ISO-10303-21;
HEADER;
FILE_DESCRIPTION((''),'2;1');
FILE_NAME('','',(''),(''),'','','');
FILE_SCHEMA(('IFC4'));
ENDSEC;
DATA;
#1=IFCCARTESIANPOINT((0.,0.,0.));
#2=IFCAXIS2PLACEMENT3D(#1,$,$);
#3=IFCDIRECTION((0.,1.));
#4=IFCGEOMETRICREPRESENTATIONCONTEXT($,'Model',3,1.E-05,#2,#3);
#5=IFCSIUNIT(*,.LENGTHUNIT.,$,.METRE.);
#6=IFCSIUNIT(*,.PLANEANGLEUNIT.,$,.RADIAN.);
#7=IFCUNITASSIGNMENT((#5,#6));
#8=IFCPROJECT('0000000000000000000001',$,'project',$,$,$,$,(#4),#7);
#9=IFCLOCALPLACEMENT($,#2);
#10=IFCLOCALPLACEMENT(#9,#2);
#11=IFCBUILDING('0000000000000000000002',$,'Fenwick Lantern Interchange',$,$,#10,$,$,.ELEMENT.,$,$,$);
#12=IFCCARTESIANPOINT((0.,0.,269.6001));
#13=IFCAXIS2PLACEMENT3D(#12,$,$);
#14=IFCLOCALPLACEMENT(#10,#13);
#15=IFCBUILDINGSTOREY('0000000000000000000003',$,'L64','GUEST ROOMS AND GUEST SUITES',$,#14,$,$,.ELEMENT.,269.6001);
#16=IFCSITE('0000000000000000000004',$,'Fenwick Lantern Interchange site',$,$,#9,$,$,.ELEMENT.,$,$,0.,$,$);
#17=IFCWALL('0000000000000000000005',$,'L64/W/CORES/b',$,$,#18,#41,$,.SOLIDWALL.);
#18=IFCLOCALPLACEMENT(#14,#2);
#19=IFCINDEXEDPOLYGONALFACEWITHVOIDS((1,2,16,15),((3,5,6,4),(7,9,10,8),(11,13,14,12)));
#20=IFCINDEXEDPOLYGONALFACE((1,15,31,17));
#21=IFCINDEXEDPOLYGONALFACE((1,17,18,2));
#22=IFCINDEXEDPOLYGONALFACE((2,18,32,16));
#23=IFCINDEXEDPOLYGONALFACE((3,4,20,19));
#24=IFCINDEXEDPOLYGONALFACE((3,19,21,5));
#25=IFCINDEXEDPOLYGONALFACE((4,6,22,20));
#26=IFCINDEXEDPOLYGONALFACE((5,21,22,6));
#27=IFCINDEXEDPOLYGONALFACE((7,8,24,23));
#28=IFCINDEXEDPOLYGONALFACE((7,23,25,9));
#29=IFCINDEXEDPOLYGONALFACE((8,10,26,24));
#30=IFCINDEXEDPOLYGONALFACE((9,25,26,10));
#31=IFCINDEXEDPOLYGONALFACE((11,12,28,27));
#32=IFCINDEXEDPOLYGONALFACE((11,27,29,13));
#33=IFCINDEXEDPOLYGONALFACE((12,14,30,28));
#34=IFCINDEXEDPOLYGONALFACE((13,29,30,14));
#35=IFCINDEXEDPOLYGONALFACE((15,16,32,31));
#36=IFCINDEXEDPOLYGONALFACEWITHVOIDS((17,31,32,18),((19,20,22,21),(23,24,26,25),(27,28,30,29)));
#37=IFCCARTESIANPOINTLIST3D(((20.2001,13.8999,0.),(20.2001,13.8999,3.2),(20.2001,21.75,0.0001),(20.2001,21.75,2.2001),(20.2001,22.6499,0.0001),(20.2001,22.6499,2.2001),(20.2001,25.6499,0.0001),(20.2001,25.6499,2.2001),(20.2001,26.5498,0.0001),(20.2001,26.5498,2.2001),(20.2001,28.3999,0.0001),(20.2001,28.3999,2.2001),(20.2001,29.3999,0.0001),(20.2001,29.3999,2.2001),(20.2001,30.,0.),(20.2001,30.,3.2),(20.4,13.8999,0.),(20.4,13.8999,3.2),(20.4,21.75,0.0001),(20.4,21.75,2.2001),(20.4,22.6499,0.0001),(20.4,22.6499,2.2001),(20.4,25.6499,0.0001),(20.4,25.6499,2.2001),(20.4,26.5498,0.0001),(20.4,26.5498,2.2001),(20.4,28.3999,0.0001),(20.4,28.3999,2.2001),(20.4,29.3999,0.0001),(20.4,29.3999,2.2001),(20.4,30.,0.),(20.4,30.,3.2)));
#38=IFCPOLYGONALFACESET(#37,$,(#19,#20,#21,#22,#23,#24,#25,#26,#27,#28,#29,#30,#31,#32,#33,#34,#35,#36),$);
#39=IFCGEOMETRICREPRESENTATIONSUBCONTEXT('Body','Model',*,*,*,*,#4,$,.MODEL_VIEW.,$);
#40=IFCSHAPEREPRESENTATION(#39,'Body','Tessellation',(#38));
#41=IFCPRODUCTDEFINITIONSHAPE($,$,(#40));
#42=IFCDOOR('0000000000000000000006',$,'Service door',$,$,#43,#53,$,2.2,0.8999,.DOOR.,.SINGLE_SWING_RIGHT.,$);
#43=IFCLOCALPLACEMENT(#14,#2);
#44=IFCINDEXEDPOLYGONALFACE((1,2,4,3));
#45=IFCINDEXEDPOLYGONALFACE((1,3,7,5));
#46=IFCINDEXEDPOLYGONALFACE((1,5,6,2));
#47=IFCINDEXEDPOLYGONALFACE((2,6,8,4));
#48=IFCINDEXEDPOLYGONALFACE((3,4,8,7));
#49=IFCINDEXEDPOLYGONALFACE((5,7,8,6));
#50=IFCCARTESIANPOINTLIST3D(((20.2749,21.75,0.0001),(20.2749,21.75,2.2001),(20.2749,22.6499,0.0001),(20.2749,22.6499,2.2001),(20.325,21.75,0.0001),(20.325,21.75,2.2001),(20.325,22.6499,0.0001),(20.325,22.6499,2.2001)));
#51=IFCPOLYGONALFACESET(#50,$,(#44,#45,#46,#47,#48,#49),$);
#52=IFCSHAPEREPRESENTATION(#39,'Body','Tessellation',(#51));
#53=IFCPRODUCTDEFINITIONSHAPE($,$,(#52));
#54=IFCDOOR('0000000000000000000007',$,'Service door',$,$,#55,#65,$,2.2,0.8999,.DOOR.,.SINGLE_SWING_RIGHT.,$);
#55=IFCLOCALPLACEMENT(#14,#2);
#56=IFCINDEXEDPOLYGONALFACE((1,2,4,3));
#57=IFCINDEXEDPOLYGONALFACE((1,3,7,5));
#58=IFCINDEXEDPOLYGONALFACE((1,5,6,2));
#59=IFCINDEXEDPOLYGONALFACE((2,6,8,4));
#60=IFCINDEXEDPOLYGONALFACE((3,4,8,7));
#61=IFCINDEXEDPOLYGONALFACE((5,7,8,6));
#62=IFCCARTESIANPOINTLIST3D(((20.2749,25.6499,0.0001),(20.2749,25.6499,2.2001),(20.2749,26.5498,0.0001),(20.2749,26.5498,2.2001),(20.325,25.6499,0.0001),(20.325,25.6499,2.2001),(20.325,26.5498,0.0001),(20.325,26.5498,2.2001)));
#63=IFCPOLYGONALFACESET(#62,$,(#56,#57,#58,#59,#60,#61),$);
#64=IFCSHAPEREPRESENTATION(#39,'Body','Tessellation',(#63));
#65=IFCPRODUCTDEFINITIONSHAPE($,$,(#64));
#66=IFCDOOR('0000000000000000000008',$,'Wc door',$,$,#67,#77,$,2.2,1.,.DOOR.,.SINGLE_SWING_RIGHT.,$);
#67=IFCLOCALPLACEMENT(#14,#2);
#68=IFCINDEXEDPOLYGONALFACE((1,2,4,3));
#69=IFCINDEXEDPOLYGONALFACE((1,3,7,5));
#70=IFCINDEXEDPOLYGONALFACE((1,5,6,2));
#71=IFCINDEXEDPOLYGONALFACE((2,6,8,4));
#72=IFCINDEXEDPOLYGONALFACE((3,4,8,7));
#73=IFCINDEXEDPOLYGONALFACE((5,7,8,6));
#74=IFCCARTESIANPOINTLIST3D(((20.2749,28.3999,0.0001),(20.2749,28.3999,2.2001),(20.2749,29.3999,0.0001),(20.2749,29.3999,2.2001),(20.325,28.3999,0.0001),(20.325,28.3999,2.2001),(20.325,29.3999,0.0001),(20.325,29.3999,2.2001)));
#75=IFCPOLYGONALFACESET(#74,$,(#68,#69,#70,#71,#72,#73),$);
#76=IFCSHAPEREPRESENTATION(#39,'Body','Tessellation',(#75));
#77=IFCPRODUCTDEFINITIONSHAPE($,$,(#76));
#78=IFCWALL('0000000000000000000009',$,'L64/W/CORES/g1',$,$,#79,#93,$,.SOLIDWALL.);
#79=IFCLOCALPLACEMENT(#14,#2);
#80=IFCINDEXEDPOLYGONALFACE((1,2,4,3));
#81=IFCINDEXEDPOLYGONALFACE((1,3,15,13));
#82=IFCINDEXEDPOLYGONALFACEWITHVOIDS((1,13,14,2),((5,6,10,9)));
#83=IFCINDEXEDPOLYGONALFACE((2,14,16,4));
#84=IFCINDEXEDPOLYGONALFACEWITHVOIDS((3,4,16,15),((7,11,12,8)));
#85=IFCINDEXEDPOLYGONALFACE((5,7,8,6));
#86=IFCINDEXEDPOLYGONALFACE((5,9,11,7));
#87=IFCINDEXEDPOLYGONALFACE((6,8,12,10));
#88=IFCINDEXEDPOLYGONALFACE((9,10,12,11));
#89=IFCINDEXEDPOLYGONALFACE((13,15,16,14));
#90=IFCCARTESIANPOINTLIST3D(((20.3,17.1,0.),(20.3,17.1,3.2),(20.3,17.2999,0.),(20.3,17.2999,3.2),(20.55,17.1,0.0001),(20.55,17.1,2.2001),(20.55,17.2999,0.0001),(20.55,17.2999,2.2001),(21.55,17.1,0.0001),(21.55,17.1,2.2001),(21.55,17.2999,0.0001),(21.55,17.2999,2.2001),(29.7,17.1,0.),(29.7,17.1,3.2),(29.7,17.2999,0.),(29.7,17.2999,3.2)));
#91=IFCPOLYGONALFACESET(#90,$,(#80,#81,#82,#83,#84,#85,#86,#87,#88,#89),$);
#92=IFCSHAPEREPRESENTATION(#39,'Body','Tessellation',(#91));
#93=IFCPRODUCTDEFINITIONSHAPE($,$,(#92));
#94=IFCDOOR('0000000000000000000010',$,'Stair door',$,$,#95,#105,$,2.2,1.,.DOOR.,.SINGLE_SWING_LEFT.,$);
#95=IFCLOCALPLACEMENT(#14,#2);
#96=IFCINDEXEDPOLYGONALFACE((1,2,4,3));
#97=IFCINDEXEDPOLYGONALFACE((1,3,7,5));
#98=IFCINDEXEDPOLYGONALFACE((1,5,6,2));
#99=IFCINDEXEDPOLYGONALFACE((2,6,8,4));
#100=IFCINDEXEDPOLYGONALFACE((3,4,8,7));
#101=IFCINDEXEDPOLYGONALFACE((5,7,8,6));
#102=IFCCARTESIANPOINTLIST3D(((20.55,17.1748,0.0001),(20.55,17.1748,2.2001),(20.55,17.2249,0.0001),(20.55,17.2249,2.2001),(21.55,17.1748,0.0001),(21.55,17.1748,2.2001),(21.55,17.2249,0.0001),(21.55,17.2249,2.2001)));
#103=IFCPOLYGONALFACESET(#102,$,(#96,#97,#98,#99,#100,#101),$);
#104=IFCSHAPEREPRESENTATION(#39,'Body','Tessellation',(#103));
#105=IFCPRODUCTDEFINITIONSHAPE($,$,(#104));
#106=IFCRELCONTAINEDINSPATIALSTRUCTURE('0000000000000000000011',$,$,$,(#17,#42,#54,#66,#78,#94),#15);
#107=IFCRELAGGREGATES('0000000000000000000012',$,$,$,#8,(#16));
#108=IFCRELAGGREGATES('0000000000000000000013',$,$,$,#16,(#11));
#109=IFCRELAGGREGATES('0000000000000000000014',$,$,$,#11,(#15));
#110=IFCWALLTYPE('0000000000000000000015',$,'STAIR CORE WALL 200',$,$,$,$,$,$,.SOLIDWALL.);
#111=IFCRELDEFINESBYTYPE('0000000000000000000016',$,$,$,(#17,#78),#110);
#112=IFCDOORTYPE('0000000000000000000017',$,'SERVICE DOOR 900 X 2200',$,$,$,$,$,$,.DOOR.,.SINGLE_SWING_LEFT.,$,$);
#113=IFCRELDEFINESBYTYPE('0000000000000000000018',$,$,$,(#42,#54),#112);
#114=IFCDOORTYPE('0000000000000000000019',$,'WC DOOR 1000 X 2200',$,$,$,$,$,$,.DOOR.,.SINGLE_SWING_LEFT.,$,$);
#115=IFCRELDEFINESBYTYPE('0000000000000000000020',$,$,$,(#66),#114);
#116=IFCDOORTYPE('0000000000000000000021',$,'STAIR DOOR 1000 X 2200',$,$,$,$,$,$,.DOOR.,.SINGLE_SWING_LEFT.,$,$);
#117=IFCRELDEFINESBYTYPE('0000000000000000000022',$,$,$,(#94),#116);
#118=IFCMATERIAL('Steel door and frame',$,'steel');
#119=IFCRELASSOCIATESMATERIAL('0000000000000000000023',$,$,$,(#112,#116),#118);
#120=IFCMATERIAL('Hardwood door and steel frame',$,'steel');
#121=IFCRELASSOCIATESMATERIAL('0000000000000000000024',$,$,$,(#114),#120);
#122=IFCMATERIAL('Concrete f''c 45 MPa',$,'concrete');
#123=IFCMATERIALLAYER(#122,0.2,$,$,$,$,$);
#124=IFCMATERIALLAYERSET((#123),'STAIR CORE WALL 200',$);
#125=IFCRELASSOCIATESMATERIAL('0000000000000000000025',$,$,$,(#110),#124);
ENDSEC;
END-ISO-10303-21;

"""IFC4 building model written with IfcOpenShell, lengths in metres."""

from ifc_helpers import new_model, si_unit, direction, frame, frame_2d, origin, place, context, subcontext, project, spatial, rectangle, extrude, material, layer, layer_set, type_object, element, fill, save


model = new_model("IFC4")

# Units and contexts
model_context = context("Model", 3, precision=1e-05, world=origin(), true_north=direction((0.0, 1.0)))
body_context = subcontext(model_context, "Body", "Model", "MODEL_VIEW")
ifc_project = project(units=[si_unit("LENGTHUNIT", "METRE"), si_unit("PLANEANGLEUNIT", "RADIAN")], contexts=[model_context])

# Site, building, storey
site_placement = place(None, origin())
site = spatial("IfcSite", under=ifc_project, at=site_placement, Name="Fenwick Lantern Interchange site", CompositionType="ELEMENT", RefElevation=0.0)
building_placement = place(site_placement, origin())
building = spatial("IfcBuilding", under=site, at=building_placement, Name="Fenwick Lantern Interchange", CompositionType="ELEMENT")
storey_placement = place(building_placement, frame((0.0, 0.0, 269.6001)))
storey = spatial("IfcBuildingStorey", under=building, at=storey_placement, Name="L64", Description="GUEST ROOMS AND GUEST SUITES", CompositionType="ELEMENT", Elevation=269.6001)

# Shared definitions
ifc_material_1 = material(Name="Steel door and frame", Category="steel")
door_type_1 = type_object("IfcDoorType", Name="SERVICE DOOR 900 X 2200", OperationType="SINGLE_SWING_LEFT", PredefinedType="DOOR", material=ifc_material_1)

# Shared definitions
ifc_material_2 = material(Name="Hardwood door and steel frame", Category="steel")
door_type_2 = type_object("IfcDoorType", Name="WC DOOR 1000 X 2200", OperationType="SINGLE_SWING_LEFT", PredefinedType="DOOR", material=ifc_material_2)

# Wall, openings, doors
ifc_material_3 = material(Name="Concrete f'c 45 MPa", Category="concrete")
ifc_layer_1 = layer(ifc_material_3, 0.2)
ifc_layer_set_1 = layer_set([ifc_layer_1], Name="STAIR CORE WALL 200")
wall_type_1 = type_object("IfcWallType", Name="STAIR CORE WALL 200", PredefinedType="SOLIDWALL", material=ifc_layer_set_1)
wall_1_placement = place(storey_placement, frame((20.3, 13.8999, 0.0), z_axis=(0.0, 0.0, 1.0), x_axis=(0.0, 1.0, 0.0)))
wall_1 = element("IfcWall", 1, at=wall_1_placement, inside=storey, type_object=wall_type_1, Name="L64/W/CORES/b", PredefinedType="SOLIDWALL", context=body_context, shape_type="SweptSolid", body=[
    extrude(rectangle(XDim=16.1001, YDim=0.2, at=frame_2d((8.05, 0.0))), origin(), (0.0, 0.0, 1.0), 3.2),
])
opening_1_placement = place(wall_1_placement, frame((7.8501, 0.0, 0.0)))
opening_1 = element("IfcOpeningElement", 2, at=opening_1_placement, cuts=wall_1, PredefinedType="OPENING", context=body_context, shape_type="SweptSolid", body=[
    extrude(rectangle(XDim=0.8999, YDim=2.2, at=frame_2d((0.45, 1.1001))), frame((0.0, 0.1099, 0.0), z_axis=(0.0, -1.0, 0.0), x_axis=(1.0, 0.0, 0.0)), (0.0, 0.0, 1.0), 0.22),
])
opening_2_placement = place(wall_1_placement, frame((11.75, 0.0, 0.0)))
opening_2 = element("IfcOpeningElement", 3, at=opening_2_placement, cuts=wall_1, PredefinedType="OPENING", context=body_context, shape_type="SweptSolid", body=[
    extrude(rectangle(XDim=0.8999, YDim=2.2, at=frame_2d((0.45, 1.1001))), frame((0.0, 0.1099, 0.0), z_axis=(0.0, -1.0, 0.0), x_axis=(1.0, 0.0, 0.0)), (0.0, 0.0, 1.0), 0.22),
])
opening_3_placement = place(wall_1_placement, frame((14.5, 0.0, 0.0)))
opening_3 = element("IfcOpeningElement", 4, at=opening_3_placement, cuts=wall_1, PredefinedType="OPENING", context=body_context, shape_type="SweptSolid", body=[
    extrude(rectangle(XDim=1.0, YDim=2.2, at=frame_2d((0.5, 1.1001))), frame((0.0, 0.1099, 0.0), z_axis=(0.0, -1.0, 0.0), x_axis=(1.0, 0.0, 0.0)), (0.0, 0.0, 1.0), 0.22),
])
door_1_placement = place(opening_1_placement, frame((0.8999, 0.0, 0.0), z_axis=(0.0, 0.0, 1.0), x_axis=(-1.0, 0.0, 0.0)))
door_1 = element("IfcDoor", 5, at=door_1_placement, inside=storey, type_object=door_type_1, Name="Service door", OperationType="SINGLE_SWING_RIGHT", OverallHeight=2.2, OverallWidth=0.8999, PredefinedType="DOOR", context=body_context, shape_type="SweptSolid", body=[
    extrude(rectangle(XDim=0.8999, YDim=2.2, at=frame_2d((0.45, 1.1001))), frame((0.0, 0.0249, 0.0), z_axis=(0.0, -1.0, 0.0), x_axis=(1.0, 0.0, 0.0)), (0.0, 0.0, 1.0), 0.05),
])
fill(opening_1, door_1)
door_2_placement = place(opening_2_placement, frame((0.8999, 0.0, 0.0), z_axis=(0.0, 0.0, 1.0), x_axis=(-1.0, 0.0, 0.0)))
door_2 = element("IfcDoor", 6, at=door_2_placement, inside=storey, type_object=door_type_1, Name="Service door", OperationType="SINGLE_SWING_RIGHT", OverallHeight=2.2, OverallWidth=0.8999, PredefinedType="DOOR", context=body_context, shape_type="SweptSolid", body=[
    extrude(rectangle(XDim=0.8999, YDim=2.2, at=frame_2d((0.45, 1.1001))), frame((0.0, 0.0249, 0.0), z_axis=(0.0, -1.0, 0.0), x_axis=(1.0, 0.0, 0.0)), (0.0, 0.0, 1.0), 0.05),
])
fill(opening_2, door_2)
door_3_placement = place(opening_3_placement, frame((1.0, 0.0, 0.0), z_axis=(0.0, 0.0, 1.0), x_axis=(-1.0, 0.0, 0.0)))
door_3 = element("IfcDoor", 7, at=door_3_placement, inside=storey, type_object=door_type_2, Name="Wc door", OperationType="SINGLE_SWING_RIGHT", OverallHeight=2.2, OverallWidth=1.0, PredefinedType="DOOR", context=body_context, shape_type="SweptSolid", body=[
    extrude(rectangle(XDim=1.0, YDim=2.2, at=frame_2d((0.5, 1.1001))), frame((0.0, 0.0249, 0.0), z_axis=(0.0, -1.0, 0.0), x_axis=(1.0, 0.0, 0.0)), (0.0, 0.0, 1.0), 0.05),
])
fill(opening_3, door_3)

# Wall, opening, door
wall_2_placement = place(storey_placement, frame((20.3, 17.2, 0.0), z_axis=(0.0, 0.0, 1.0), x_axis=(1.0, 0.0, 0.0)))
wall_2 = element("IfcWall", 8, at=wall_2_placement, inside=storey, type_object=wall_type_1, Name="L64/W/CORES/g1", PredefinedType="SOLIDWALL", context=body_context, shape_type="SweptSolid", body=[
    extrude(rectangle(XDim=9.3999, YDim=0.2, at=frame_2d((4.7, 0.0))), origin(), (0.0, 0.0, 1.0), 3.2),
])
opening_4_placement = place(wall_2_placement, frame((0.25, 0.0, 0.0)))
opening_4 = element("IfcOpeningElement", 9, at=opening_4_placement, cuts=wall_2, PredefinedType="OPENING", context=body_context, shape_type="SweptSolid", body=[
    extrude(rectangle(XDim=1.0, YDim=2.2, at=frame_2d((0.5, 1.1001))), frame((0.0, 0.1099, 0.0), z_axis=(0.0, -1.0, 0.0), x_axis=(1.0, 0.0, 0.0)), (0.0, 0.0, 1.0), 0.22),
])
door_type_3 = type_object("IfcDoorType", Name="STAIR DOOR 1000 X 2200", OperationType="SINGLE_SWING_LEFT", PredefinedType="DOOR", material=ifc_material_1)
door_4_placement = place(opening_4_placement, origin())
door_4 = element("IfcDoor", 10, at=door_4_placement, inside=storey, type_object=door_type_3, Name="Stair door", OperationType="SINGLE_SWING_LEFT", OverallHeight=2.2, OverallWidth=1.0, PredefinedType="DOOR", context=body_context, shape_type="SweptSolid", body=[
    extrude(rectangle(XDim=1.0, YDim=2.2, at=frame_2d((0.5, 1.1001))), frame((0.0, 0.0249, 0.0), z_axis=(0.0, -1.0, 0.0), x_axis=(1.0, 0.0, 0.0)), (0.0, 0.0, 1.0), 0.05),
])
fill(opening_4, door_4)

save(model, "model.ifc")
